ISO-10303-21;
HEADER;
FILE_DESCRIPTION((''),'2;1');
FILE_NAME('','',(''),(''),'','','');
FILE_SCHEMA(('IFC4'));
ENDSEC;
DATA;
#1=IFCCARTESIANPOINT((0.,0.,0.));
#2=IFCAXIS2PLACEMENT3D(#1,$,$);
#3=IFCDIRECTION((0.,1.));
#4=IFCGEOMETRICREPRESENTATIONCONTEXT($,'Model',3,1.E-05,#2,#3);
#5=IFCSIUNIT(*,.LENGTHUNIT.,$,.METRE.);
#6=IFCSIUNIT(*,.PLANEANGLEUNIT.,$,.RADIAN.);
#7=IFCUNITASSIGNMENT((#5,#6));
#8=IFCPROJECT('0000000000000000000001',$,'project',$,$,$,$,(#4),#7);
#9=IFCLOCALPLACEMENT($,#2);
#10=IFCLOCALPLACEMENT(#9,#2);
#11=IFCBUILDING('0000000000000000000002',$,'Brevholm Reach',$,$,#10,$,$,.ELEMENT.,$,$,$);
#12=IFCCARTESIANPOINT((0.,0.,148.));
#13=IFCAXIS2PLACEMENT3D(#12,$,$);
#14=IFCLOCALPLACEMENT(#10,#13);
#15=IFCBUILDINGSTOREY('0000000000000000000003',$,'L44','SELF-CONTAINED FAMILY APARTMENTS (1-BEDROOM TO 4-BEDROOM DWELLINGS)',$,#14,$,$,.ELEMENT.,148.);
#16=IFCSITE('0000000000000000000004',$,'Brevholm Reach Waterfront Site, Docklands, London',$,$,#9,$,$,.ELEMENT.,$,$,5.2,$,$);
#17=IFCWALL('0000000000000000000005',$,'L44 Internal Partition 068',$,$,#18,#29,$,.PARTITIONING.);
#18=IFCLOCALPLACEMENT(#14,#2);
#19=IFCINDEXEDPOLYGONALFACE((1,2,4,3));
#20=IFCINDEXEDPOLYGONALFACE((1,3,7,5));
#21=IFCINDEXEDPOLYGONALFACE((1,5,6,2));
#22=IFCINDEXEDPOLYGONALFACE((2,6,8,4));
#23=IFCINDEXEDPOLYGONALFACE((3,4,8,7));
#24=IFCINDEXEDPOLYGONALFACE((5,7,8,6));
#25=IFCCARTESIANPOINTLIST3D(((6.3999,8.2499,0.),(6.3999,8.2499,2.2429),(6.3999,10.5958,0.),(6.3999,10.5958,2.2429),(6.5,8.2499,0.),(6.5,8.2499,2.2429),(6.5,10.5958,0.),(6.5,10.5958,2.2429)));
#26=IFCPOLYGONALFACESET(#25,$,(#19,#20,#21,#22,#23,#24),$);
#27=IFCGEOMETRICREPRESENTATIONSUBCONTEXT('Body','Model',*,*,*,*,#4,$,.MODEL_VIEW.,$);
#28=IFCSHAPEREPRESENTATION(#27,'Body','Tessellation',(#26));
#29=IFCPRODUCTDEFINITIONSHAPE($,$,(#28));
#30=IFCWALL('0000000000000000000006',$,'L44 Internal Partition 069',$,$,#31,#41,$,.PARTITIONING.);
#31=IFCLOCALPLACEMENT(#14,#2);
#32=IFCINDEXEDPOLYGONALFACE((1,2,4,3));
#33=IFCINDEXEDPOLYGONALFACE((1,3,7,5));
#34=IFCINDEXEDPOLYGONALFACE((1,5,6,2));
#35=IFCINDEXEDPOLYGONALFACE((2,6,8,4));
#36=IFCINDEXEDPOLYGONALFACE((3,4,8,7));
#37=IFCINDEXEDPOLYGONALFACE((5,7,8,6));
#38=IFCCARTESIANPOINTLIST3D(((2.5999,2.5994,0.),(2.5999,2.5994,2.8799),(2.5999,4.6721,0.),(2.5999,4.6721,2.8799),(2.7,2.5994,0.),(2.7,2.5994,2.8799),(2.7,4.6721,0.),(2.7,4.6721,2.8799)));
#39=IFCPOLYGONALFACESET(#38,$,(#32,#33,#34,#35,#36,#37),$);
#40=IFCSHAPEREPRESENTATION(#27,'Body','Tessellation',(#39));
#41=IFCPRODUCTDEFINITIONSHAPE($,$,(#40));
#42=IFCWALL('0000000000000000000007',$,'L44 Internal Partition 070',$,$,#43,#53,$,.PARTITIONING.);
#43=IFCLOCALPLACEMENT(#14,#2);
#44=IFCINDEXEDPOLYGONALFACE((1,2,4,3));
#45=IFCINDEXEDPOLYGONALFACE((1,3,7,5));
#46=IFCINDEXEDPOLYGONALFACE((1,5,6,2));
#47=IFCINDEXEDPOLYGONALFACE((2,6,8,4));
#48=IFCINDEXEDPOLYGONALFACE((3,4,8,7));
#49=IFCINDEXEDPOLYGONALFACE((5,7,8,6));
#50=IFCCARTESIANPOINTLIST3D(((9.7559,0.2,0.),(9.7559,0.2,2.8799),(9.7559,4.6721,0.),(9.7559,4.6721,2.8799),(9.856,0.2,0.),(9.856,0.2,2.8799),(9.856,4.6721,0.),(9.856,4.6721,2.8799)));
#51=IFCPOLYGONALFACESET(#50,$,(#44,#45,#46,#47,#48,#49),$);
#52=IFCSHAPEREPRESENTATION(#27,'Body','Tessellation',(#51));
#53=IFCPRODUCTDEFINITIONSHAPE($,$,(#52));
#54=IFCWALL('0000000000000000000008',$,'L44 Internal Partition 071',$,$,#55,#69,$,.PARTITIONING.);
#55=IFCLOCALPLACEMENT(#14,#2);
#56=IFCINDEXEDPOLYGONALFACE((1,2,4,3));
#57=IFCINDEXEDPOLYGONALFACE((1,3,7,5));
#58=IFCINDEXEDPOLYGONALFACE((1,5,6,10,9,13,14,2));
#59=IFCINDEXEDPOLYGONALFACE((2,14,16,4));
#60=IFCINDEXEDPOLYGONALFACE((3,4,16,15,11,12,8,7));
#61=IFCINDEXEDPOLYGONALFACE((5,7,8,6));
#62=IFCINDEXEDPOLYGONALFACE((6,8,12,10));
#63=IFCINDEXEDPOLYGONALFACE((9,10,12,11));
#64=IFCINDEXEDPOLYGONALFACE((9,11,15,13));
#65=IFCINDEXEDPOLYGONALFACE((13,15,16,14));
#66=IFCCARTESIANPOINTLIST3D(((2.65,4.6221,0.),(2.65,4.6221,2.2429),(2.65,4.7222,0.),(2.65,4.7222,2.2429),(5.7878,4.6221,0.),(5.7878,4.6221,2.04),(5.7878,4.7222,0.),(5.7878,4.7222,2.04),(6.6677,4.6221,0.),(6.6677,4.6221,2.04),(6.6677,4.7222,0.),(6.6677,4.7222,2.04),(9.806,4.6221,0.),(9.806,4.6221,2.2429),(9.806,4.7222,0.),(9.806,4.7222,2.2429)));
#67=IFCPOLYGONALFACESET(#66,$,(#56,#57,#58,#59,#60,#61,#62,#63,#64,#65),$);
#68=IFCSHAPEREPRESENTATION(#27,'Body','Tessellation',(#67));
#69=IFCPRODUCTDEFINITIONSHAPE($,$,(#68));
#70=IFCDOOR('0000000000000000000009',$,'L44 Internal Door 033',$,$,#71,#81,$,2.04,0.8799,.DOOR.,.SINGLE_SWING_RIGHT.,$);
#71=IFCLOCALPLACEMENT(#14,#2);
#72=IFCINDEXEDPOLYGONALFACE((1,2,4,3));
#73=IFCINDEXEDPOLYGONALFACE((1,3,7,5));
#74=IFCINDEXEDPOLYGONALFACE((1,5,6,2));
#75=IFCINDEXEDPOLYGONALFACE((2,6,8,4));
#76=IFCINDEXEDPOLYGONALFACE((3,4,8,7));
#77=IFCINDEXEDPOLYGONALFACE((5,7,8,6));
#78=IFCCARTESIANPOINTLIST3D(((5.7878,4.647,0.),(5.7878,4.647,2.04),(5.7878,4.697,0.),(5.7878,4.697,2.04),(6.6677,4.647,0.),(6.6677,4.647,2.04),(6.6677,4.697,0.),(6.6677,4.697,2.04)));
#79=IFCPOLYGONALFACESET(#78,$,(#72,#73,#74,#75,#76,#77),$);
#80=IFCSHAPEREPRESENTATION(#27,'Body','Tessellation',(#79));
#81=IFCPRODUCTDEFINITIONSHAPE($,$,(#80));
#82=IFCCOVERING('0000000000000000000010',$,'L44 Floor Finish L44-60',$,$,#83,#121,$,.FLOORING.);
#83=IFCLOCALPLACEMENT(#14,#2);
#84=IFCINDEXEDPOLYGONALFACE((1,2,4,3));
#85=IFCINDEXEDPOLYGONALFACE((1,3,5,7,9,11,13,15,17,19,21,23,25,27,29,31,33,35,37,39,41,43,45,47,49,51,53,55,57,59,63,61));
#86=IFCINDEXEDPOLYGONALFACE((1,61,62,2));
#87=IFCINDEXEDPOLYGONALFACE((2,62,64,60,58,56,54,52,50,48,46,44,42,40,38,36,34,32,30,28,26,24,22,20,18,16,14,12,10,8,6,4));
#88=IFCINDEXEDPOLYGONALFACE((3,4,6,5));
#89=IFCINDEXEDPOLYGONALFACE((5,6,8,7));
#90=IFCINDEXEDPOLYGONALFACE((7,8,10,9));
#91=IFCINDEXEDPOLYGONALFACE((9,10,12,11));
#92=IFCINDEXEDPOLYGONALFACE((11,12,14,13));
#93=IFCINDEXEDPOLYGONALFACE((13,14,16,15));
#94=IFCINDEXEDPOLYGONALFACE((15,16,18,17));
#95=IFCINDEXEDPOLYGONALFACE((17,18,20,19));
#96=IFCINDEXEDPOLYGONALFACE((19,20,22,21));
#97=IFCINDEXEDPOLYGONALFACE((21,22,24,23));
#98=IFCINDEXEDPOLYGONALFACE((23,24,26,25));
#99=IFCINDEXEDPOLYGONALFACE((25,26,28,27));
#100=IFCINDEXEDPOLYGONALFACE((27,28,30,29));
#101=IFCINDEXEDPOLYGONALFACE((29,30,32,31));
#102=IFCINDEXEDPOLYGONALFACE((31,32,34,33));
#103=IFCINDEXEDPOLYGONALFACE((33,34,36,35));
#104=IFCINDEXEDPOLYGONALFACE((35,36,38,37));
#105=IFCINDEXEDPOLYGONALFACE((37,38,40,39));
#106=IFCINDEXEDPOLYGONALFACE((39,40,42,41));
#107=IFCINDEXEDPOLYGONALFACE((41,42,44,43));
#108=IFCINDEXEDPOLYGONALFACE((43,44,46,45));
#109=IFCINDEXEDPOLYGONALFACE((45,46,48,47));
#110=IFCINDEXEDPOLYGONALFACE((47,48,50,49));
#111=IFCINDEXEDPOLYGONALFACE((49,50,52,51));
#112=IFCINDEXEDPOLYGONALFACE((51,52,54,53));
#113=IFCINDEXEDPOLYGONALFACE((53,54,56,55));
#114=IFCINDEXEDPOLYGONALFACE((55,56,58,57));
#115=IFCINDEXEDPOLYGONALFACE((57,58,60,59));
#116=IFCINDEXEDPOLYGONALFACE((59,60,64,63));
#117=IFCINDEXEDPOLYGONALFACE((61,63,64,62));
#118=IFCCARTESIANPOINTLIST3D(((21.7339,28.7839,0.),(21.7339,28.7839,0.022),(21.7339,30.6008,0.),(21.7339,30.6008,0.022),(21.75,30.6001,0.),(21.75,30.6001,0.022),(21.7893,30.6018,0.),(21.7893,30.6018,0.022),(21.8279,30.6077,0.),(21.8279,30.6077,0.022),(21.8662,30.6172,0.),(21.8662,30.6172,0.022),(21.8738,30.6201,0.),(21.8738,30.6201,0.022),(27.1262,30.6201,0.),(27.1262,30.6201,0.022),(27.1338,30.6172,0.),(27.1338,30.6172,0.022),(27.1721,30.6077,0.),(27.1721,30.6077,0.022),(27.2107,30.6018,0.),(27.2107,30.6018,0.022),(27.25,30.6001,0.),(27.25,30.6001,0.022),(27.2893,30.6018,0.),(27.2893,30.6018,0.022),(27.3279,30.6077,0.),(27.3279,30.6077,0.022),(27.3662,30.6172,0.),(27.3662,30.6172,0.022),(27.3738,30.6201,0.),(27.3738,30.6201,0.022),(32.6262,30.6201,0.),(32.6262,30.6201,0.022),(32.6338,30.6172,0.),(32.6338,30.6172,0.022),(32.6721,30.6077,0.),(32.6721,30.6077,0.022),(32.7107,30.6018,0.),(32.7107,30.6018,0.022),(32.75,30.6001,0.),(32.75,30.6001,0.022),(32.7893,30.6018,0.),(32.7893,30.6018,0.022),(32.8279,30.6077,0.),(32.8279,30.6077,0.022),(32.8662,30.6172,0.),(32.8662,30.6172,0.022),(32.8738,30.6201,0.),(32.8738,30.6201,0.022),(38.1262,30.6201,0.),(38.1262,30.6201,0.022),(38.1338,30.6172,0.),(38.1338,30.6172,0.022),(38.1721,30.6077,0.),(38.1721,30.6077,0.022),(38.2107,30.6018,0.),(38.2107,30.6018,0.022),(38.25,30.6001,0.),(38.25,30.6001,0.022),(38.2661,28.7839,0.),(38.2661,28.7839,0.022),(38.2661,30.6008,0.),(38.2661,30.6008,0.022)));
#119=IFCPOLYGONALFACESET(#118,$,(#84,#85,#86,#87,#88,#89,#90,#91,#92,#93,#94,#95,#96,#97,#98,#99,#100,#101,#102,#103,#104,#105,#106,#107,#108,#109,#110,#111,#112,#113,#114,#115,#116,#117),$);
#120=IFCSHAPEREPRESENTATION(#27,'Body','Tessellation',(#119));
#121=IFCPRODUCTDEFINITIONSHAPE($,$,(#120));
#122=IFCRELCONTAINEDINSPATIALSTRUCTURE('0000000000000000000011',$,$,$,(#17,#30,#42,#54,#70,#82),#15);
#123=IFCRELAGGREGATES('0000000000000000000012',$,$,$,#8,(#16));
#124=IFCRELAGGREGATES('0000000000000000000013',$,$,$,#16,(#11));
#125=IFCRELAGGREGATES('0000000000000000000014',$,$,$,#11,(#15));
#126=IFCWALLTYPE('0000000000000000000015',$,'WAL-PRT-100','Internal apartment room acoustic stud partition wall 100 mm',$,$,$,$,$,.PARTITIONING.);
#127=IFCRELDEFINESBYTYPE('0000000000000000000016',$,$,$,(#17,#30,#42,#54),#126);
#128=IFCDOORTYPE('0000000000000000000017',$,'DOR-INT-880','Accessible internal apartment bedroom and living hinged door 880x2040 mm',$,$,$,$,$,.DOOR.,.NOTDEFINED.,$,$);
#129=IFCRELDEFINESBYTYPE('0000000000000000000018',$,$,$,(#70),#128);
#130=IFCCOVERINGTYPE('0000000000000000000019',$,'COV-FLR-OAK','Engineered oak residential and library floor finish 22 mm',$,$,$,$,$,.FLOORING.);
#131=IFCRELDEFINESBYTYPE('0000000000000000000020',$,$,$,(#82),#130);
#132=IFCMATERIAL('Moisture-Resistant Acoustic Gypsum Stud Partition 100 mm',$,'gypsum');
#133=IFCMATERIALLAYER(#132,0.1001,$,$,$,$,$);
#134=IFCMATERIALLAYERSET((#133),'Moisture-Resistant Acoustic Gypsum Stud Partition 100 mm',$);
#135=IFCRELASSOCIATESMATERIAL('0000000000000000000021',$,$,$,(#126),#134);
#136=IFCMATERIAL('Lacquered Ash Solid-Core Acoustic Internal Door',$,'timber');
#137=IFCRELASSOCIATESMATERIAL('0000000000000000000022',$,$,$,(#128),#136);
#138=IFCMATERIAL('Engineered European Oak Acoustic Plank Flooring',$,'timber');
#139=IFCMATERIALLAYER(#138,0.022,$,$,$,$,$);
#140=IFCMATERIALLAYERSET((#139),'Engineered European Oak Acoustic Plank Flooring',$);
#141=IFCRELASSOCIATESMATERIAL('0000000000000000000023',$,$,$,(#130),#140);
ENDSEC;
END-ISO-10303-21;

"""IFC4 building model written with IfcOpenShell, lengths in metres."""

from ifc_helpers import new_model, si_unit, direction, frame, frame_2d, origin, place, context, subcontext, project, spatial, polyline, rectangle, outline, extrude, material, layer, layer_set, type_object, element, fill, save


model = new_model("IFC4")

# Units and contexts
model_context = context("Model", 3, precision=1e-05, world=origin(), true_north=direction((0.0, 1.0)))
body_context = subcontext(model_context, "Body", "Model", "MODEL_VIEW")
ifc_project = project(units=[si_unit("LENGTHUNIT", "METRE"), si_unit("PLANEANGLEUNIT", "RADIAN")], contexts=[model_context])

# Site, building, storey
site_placement = place(None, origin())
site = spatial("IfcSite", under=ifc_project, at=site_placement, Name="Brevholm Reach Waterfront Site, Docklands, London", CompositionType="ELEMENT", RefElevation=5.2)
building_placement = place(site_placement, origin())
building = spatial("IfcBuilding", under=site, at=building_placement, Name="Brevholm Reach", CompositionType="ELEMENT")
storey_placement = place(building_placement, frame((0.0, 0.0, 148.0)))
storey = spatial("IfcBuildingStorey", under=building, at=storey_placement, Name="L44", Description="SELF-CONTAINED FAMILY APARTMENTS (1-BEDROOM TO 4-BEDROOM DWELLINGS)", CompositionType="ELEMENT", Elevation=148.0)

# Shared definitions
ifc_material_1 = material(Name="Moisture-Resistant Acoustic Gypsum Stud Partition 100 mm", Category="gypsum")
ifc_layer_1 = layer(ifc_material_1, 0.1001)
ifc_layer_set_1 = layer_set([ifc_layer_1], Name="Moisture-Resistant Acoustic Gypsum Stud Partition 100 mm")
wall_type_1 = type_object("IfcWallType", Name="WAL-PRT-100", Description="Internal apartment room acoustic stud partition wall 100 mm", PredefinedType="PARTITIONING", material=ifc_layer_set_1)

# Shared definitions
ifc_material_2 = material(Name="Lacquered Ash Solid-Core Acoustic Internal Door", Category="timber")
door_type_1 = type_object("IfcDoorType", Name="DOR-INT-880", Description="Accessible internal apartment bedroom and living hinged door 880x2040 mm", OperationType="NOTDEFINED", PredefinedType="DOOR", material=ifc_material_2)

# Walls
wall_1_placement = place(storey_placement, frame((6.45, 8.25, 0.0), z_axis=(0.0, 0.0, 1.0), x_axis=(0.0, 1.0, 0.0)))
element("IfcWall", 1, at=wall_1_placement, inside=storey, type_object=wall_type_1, Name="L44 Internal Partition 068", PredefinedType="PARTITIONING", context=body_context, shape_type="SweptSolid", body=[
    extrude(rectangle(XDim=2.3459, YDim=0.1001, at=frame_2d((1.1729, 0.0))), origin(), (0.0, 0.0, 1.0), 2.2429),
])
wall_2_placement = place(storey_placement, frame((2.6499, 2.5994, 0.0), z_axis=(0.0, 0.0, 1.0), x_axis=(0.0, 1.0, 0.0)))
element("IfcWall", 2, at=wall_2_placement, inside=storey, type_object=wall_type_1, Name="L44 Internal Partition 069", PredefinedType="PARTITIONING", context=body_context, shape_type="SweptSolid", body=[
    extrude(rectangle(XDim=2.0728, YDim=0.1001, at=frame_2d((1.0364, 0.0))), origin(), (0.0, 0.0, 1.0), 2.8799),
])
wall_3_placement = place(storey_placement, frame((9.8059, 0.2, 0.0), z_axis=(0.0, 0.0, 1.0), x_axis=(0.0, 1.0, 0.0)))
element("IfcWall", 3, at=wall_3_placement, inside=storey, type_object=wall_type_1, Name="L44 Internal Partition 070", PredefinedType="PARTITIONING", context=body_context, shape_type="SweptSolid", body=[
    extrude(rectangle(XDim=4.4722, YDim=0.1001, at=frame_2d((2.2361, 0.0))), origin(), (0.0, 0.0, 1.0), 2.8799),
])

# Wall, opening, door
wall_4_placement = place(storey_placement, frame((2.6499, 4.6721, 0.0), z_axis=(0.0, 0.0, 1.0), x_axis=(1.0, 0.0, 0.0)))
wall_4 = element("IfcWall", 4, at=wall_4_placement, inside=storey, type_object=wall_type_1, Name="L44 Internal Partition 071", PredefinedType="PARTITIONING", context=body_context, shape_type="SweptSolid", body=[
    extrude(rectangle(XDim=7.156, YDim=0.1001, at=frame_2d((3.5781, 0.0))), origin(), (0.0, 0.0, 1.0), 2.2429),
])
opening_1_placement = place(wall_4_placement, frame((3.1379, 0.0, 0.0)))
opening_1 = element("IfcOpeningElement", 5, at=opening_1_placement, cuts=wall_4, PredefinedType="OPENING", context=body_context, shape_type="SweptSolid", body=[
    extrude(rectangle(XDim=0.8799, YDim=2.04, at=frame_2d((0.4399, 1.02))), frame((0.0, 0.0601, 0.0), z_axis=(0.0, -1.0, 0.0), x_axis=(1.0, 0.0, 0.0)), (0.0, 0.0, 1.0), 0.1201),
])
door_1_placement = place(opening_1_placement, origin())
door_1 = element("IfcDoor", 6, at=door_1_placement, inside=storey, type_object=door_type_1, Name="L44 Internal Door 033", OperationType="SINGLE_SWING_RIGHT", OverallHeight=2.04, OverallWidth=0.8799, PredefinedType="DOOR", context=body_context, shape_type="SweptSolid", body=[
    extrude(rectangle(XDim=0.8799, YDim=2.04, at=frame_2d((0.4399, 1.02))), frame((0.0, 0.0249, 0.0), z_axis=(0.0, -1.0, 0.0), x_axis=(1.0, 0.0, 0.0)), (0.0, 0.0, 1.0), 0.05),
])
fill(opening_1, door_1)

# Covering
ifc_material_3 = material(Name="Engineered European Oak Acoustic Plank Flooring", Category="timber")
ifc_layer_2 = layer(ifc_material_3, 0.022)
ifc_layer_set_2 = layer_set([ifc_layer_2], Name="Engineered European Oak Acoustic Plank Flooring")
covering_type = type_object("IfcCoveringType", Name="COV-FLR-OAK", Description="Engineered oak residential and library floor finish 22 mm", PredefinedType="FLOORING", material=ifc_layer_set_2)
covering_placement = place(storey_placement, origin())
element("IfcCovering", 7, at=covering_placement, inside=storey, type_object=covering_type, Name="L44 Floor Finish L44-60", PredefinedType="FLOORING", context=body_context, shape_type="SweptSolid", body=[
    extrude(outline(polyline([(27.1262, 30.6201), (27.1338, 30.6172), (27.1721, 30.6077), (27.2107, 30.6018), (27.25, 30.6001), (27.2893, 30.6018), (27.3279, 30.6077), (27.3662, 30.6172), (27.3738, 30.6201), (32.6262, 30.6201), (32.6338, 30.6172), (32.6721, 30.6077), (32.7107, 30.6018), (32.75, 30.6001), (32.7893, 30.6018), (32.8279, 30.6077), (32.8662, 30.6172), (32.8738, 30.6201), (38.1262, 30.6201), (38.1338, 30.6172), (38.1721, 30.6077), (38.2107, 30.6018), (38.25, 30.6001), (38.2661, 30.6008), (38.2661, 28.7839), (21.7339, 28.7839), (21.7339, 30.6008), (21.75, 30.6001), (21.7893, 30.6018), (21.8279, 30.6077), (21.8662, 30.6172), (21.8738, 30.6201), (27.1262, 30.6201)])), origin(), (0.0, 0.0, 1.0), 0.022),
])

save(model, "model.ifc")
